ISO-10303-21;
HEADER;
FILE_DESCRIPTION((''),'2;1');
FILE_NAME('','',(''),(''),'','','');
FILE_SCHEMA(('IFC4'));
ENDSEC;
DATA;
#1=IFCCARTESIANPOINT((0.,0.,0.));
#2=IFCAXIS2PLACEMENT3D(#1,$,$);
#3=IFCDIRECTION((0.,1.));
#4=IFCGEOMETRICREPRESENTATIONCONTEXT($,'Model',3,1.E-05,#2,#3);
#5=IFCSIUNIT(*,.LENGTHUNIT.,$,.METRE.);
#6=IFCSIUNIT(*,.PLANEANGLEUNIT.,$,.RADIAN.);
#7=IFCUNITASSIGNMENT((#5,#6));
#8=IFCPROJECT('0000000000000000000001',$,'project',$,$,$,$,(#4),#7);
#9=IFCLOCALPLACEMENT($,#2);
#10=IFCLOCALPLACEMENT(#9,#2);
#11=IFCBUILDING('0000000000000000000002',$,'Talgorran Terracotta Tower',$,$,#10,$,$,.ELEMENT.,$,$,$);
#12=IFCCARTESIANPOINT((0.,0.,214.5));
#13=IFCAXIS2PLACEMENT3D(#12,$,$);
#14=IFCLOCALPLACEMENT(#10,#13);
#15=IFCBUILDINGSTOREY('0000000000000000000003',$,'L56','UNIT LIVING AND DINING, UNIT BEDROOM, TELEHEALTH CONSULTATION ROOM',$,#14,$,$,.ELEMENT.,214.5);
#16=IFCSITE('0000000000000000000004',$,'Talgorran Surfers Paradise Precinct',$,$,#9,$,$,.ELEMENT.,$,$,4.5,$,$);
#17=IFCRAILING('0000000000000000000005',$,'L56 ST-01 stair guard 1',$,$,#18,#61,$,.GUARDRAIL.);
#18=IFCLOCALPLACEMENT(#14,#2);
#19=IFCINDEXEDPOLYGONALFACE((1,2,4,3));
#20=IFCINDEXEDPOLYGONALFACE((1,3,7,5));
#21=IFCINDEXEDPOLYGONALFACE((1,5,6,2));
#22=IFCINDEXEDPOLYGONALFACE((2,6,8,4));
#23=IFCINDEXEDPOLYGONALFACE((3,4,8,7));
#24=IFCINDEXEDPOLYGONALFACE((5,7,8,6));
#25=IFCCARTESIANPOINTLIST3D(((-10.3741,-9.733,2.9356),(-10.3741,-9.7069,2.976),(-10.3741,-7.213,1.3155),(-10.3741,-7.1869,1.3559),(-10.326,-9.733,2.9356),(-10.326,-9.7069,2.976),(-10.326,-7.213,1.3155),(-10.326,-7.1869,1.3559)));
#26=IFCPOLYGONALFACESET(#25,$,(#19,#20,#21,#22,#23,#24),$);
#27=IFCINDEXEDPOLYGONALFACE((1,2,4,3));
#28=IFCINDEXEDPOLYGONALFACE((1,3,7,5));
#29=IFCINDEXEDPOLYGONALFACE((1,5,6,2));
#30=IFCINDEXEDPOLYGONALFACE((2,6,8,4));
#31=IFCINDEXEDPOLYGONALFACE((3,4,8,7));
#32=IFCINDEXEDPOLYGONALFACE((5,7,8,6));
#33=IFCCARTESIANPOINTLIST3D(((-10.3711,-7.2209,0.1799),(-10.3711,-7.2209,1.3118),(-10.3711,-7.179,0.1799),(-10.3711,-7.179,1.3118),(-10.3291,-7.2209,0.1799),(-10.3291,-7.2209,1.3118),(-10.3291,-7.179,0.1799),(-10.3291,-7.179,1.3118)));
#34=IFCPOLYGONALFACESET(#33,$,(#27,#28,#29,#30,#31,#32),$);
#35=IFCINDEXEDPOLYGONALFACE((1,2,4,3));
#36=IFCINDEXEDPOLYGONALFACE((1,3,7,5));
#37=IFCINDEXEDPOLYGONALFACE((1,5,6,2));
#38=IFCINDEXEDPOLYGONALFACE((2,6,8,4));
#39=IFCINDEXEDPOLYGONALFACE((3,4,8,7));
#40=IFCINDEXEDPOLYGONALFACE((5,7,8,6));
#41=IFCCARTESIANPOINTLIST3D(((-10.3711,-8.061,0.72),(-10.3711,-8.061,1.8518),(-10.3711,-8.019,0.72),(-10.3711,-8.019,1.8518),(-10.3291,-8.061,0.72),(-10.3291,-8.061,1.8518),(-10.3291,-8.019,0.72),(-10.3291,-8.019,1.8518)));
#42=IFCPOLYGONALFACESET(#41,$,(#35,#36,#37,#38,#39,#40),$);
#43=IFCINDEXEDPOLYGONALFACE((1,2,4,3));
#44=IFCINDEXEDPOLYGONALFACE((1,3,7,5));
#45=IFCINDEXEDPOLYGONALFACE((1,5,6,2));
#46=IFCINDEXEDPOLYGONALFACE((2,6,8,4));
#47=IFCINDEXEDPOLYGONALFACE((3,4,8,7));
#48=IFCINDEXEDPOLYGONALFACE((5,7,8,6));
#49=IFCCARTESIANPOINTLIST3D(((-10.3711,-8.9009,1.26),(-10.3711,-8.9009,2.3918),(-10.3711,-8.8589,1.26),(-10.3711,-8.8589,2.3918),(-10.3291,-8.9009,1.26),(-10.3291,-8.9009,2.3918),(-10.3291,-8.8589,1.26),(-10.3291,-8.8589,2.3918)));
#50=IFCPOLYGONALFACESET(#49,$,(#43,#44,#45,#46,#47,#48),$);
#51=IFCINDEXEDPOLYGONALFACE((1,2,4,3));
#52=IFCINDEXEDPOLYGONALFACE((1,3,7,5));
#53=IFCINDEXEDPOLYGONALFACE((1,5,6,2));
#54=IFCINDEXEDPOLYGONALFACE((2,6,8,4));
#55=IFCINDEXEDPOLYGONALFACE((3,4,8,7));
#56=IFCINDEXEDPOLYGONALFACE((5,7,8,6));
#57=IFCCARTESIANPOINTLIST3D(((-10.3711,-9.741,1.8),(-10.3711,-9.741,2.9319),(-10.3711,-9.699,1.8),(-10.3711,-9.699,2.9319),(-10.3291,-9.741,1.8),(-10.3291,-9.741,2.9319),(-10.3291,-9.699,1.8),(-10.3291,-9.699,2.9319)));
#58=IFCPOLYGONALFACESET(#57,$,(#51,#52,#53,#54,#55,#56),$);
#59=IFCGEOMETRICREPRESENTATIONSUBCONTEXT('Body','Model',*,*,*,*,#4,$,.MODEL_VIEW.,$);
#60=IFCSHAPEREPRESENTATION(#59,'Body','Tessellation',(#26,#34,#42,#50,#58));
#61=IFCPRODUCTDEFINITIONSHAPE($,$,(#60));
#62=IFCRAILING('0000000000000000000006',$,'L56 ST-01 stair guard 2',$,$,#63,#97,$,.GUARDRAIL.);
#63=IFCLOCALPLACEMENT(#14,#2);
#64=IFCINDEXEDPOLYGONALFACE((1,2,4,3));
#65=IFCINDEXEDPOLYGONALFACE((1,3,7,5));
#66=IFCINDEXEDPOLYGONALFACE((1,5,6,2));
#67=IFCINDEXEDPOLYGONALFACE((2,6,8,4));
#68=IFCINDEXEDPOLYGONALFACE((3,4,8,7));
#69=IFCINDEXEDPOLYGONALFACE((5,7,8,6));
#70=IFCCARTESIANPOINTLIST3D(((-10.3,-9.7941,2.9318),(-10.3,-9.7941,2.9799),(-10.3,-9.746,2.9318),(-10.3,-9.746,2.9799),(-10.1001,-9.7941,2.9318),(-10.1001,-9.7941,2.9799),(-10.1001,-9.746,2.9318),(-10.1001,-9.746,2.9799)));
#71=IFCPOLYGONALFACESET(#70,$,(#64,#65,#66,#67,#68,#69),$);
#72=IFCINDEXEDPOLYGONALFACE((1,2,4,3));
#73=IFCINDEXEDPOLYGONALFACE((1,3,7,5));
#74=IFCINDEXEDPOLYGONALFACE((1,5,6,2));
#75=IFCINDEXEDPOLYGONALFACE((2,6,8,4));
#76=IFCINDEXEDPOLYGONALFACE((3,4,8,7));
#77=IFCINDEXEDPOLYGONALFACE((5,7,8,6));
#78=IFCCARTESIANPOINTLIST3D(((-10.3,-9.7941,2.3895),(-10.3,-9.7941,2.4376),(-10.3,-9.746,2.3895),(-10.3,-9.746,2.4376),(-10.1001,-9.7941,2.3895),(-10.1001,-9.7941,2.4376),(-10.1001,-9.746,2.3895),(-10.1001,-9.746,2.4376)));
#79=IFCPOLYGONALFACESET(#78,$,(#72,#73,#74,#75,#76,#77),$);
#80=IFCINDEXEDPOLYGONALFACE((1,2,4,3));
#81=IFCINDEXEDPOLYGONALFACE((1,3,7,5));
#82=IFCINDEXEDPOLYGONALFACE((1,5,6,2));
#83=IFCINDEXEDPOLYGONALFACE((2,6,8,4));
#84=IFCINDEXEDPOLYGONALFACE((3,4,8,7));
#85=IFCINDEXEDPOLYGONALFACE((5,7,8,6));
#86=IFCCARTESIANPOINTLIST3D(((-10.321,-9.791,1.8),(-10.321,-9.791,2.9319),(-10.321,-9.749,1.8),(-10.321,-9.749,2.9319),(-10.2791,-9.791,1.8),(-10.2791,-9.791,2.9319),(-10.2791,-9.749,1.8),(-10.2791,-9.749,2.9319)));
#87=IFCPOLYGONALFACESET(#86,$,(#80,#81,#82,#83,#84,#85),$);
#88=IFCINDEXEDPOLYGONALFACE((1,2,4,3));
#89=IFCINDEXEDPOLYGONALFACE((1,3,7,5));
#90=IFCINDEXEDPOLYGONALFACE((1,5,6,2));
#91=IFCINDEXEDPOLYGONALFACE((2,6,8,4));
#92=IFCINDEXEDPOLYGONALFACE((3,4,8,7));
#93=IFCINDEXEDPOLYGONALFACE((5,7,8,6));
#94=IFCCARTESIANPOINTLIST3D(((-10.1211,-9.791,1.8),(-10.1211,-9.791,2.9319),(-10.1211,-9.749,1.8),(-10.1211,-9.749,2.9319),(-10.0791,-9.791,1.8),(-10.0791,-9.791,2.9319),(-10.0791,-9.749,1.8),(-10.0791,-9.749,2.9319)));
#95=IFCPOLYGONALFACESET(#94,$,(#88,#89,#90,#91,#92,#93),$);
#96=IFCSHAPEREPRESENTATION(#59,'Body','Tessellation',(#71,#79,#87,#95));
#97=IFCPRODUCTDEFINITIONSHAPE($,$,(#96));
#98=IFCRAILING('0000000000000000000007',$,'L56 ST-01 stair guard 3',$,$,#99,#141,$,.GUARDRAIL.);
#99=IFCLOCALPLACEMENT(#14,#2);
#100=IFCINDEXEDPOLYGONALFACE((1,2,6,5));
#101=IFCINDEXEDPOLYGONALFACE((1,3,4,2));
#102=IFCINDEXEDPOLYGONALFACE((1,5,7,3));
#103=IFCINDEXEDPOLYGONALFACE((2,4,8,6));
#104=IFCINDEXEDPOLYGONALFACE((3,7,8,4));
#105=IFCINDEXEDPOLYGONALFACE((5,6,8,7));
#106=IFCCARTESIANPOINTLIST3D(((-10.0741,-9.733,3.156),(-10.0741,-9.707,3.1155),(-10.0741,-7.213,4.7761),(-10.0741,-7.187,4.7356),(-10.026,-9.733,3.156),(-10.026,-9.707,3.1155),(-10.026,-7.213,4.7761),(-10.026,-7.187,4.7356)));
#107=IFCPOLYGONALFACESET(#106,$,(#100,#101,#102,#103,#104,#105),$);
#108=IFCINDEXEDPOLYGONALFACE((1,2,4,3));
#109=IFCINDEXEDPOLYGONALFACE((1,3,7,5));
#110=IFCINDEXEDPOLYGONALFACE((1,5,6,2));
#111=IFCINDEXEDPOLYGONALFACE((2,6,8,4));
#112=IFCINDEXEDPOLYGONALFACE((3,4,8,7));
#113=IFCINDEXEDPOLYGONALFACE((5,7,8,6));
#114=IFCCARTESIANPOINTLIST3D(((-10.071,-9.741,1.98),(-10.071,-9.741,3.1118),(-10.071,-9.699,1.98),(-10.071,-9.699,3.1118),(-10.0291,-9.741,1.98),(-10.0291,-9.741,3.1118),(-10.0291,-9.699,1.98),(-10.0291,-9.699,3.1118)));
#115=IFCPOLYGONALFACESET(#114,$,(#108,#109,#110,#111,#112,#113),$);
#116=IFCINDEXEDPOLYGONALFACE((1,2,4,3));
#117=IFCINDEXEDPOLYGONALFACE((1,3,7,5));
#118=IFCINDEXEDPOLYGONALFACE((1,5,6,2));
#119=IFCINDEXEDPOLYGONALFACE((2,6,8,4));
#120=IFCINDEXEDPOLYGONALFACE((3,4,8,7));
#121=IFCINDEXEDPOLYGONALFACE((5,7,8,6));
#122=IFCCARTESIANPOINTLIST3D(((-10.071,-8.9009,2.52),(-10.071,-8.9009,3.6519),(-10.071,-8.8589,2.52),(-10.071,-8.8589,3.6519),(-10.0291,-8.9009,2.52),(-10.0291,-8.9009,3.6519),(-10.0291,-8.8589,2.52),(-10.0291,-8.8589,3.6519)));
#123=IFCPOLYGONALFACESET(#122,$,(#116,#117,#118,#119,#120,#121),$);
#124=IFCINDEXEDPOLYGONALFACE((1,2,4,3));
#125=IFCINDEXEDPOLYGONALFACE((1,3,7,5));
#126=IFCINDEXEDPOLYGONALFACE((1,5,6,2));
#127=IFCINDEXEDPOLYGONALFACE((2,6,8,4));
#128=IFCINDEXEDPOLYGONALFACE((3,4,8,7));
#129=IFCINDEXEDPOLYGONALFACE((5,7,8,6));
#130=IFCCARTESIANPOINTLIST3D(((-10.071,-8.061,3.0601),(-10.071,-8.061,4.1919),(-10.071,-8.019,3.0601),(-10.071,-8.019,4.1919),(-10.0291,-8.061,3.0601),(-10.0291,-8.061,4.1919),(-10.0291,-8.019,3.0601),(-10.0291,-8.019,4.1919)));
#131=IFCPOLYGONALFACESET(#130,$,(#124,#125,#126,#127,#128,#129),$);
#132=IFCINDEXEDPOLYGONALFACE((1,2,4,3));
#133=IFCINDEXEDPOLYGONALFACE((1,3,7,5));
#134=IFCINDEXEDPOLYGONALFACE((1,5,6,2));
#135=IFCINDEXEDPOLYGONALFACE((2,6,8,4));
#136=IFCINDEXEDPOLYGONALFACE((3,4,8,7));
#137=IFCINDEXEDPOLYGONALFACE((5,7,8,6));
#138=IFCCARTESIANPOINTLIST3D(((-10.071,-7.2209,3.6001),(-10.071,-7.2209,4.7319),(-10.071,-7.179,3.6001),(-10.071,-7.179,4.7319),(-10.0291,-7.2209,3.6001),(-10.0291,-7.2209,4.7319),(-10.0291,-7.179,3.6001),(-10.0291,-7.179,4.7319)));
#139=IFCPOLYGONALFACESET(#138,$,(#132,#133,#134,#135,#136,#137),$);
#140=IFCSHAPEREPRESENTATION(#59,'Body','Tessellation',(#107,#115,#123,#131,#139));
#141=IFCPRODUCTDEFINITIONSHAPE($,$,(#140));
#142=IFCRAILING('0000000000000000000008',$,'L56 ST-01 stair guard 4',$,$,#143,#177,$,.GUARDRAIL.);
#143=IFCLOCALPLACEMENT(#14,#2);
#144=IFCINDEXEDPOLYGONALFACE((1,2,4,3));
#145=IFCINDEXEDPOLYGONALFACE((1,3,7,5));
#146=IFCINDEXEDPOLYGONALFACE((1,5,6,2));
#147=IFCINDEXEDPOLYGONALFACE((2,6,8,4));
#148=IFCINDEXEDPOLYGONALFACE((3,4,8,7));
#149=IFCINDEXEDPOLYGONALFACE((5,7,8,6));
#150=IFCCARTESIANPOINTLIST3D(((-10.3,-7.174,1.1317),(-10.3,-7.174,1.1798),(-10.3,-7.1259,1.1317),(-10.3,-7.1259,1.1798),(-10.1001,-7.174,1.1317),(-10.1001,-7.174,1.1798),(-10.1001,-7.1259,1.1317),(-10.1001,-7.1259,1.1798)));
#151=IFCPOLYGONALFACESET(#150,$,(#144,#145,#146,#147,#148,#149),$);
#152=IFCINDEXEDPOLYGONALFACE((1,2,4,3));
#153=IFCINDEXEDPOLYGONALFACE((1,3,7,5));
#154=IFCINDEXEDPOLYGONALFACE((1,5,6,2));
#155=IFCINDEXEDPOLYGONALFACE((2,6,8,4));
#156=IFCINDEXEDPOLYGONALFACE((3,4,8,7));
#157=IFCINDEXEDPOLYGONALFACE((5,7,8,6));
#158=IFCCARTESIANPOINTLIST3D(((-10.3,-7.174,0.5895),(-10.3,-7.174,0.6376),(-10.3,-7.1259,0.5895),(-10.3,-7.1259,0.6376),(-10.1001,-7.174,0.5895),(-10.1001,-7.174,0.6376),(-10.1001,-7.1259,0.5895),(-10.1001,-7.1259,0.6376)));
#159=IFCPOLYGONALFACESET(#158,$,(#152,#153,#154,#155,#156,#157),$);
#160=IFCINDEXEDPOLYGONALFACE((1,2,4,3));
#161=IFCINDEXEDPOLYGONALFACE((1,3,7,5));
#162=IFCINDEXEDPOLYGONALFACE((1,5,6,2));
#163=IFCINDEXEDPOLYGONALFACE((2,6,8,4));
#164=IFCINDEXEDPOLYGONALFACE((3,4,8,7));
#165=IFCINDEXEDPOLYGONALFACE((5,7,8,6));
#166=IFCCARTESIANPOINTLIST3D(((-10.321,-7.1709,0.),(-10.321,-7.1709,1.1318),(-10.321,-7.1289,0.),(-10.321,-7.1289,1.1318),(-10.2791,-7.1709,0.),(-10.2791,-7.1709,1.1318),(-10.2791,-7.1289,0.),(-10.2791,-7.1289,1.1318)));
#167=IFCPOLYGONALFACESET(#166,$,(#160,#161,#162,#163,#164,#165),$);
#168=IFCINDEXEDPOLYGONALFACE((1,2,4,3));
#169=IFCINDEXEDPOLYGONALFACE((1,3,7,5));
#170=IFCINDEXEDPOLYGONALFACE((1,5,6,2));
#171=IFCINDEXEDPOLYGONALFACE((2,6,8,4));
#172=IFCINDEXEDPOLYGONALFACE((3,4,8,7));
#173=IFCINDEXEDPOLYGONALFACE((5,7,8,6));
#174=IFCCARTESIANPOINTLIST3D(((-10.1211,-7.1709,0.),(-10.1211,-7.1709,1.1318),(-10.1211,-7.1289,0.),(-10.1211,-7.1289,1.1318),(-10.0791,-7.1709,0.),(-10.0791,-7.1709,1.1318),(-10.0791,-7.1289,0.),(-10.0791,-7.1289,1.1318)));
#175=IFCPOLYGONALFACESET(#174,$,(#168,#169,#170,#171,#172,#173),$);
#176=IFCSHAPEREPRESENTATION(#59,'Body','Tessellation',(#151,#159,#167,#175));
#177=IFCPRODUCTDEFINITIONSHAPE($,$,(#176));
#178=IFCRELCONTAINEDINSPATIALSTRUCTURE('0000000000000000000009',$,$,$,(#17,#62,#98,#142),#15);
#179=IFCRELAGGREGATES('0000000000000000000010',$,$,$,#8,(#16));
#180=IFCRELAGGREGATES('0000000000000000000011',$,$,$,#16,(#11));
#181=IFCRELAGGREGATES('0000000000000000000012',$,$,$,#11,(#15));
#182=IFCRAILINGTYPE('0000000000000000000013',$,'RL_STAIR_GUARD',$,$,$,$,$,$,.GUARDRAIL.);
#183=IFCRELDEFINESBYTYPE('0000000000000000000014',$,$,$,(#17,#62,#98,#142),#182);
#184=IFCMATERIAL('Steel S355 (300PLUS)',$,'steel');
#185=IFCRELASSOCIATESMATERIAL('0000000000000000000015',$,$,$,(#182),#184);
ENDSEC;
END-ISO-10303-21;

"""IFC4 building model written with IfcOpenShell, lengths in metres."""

from ifc_helpers import new_model, si_unit, direction, frame, origin, origin_2d, place, context, subcontext, project, spatial, rectangle, extrude, material, type_object, element, save


model = new_model("IFC4")

# Units and contexts
model_context = context("Model", 3, precision=1e-05, world=origin(), true_north=direction((0.0, 1.0)))
body_context = subcontext(model_context, "Body", "Model", "MODEL_VIEW")
ifc_project = project(units=[si_unit("LENGTHUNIT", "METRE"), si_unit("PLANEANGLEUNIT", "RADIAN")], contexts=[model_context])

# Site, building, storey
site_placement = place(None, origin())
site = spatial("IfcSite", under=ifc_project, at=site_placement, Name="Talgorran Surfers Paradise Precinct", CompositionType="ELEMENT", RefElevation=4.5)
building_placement = place(site_placement, origin())
building = spatial("IfcBuilding", under=site, at=building_placement, Name="Talgorran Terracotta Tower", CompositionType="ELEMENT")
storey_placement = place(building_placement, frame((0.0, 0.0, 214.5)))
storey = spatial("IfcBuildingStorey", under=building, at=storey_placement, Name="L56", Description="UNIT LIVING AND DINING, UNIT BEDROOM, TELEHEALTH CONSULTATION ROOM", CompositionType="ELEMENT", Elevation=214.5)

# Shared definitions
ifc_material_1 = material(Name="Steel S355 (300PLUS)", Category="steel")

# Railings
railing_type_1 = type_object("IfcRailingType", Name="RL_STAIR_GUARD", PredefinedType="GUARDRAIL", material=ifc_material_1)
railing_1_placement = place(storey_placement, frame((-10.3501, -7.2, 0.1799)))
element("IfcRailing", 1, at=railing_1_placement, inside=storey, type_object=railing_type_1, Name="L56 ST-01 stair guard 1", PredefinedType="GUARDRAIL", context=body_context, shape_type="SweptSolid", body=[
    extrude(rectangle(XDim=0.0481, YDim=0.0481, at=origin_2d()), frame((0.0, 0.0, 1.1558), z_axis=(0.0, -0.841163, 0.540782), x_axis=(1.0, 0.0, 0.0)), (0.0, 0.0, 1.0), 2.9958),
    extrude(rectangle(XDim=0.042, YDim=0.042, at=origin_2d()), origin(), (0.0, 0.0, 1.0), 1.1318),
    extrude(rectangle(XDim=0.042, YDim=0.042, at=origin_2d()), frame((0.0, -0.8401, 0.54)), (0.0, 0.0, 1.0), 1.1318),
    extrude(rectangle(XDim=0.042, YDim=0.042, at=origin_2d()), frame((0.0, -1.6799, 1.0801)), (0.0, 0.0, 1.0), 1.1318),
    extrude(rectangle(XDim=0.042, YDim=0.042, at=origin_2d()), frame((0.0, -2.52, 1.6201)), (0.0, 0.0, 1.0), 1.1318),
])
railing_2_placement = place(storey_placement, frame((-10.3, -9.77, 1.8)))
element("IfcRailing", 2, at=railing_2_placement, inside=storey, type_object=railing_type_1, Name="L56 ST-01 stair guard 2", PredefinedType="GUARDRAIL", context=body_context, shape_type="SweptSolid", body=[
    extrude(rectangle(XDim=0.0481, YDim=0.0481, at=origin_2d()), frame((0.0, 0.0, 1.1558), z_axis=(1.0, 0.0, 0.0), x_axis=(0.0, 1.0, 0.0)), (0.0, 0.0, 1.0), 0.2),
    extrude(rectangle(XDim=0.0481, YDim=0.0481, at=origin_2d()), frame((0.0, 0.0, 0.6135), z_axis=(1.0, 0.0, 0.0), x_axis=(0.0, 1.0, 0.0)), (0.0, 0.0, 1.0), 0.2),
    extrude(rectangle(XDim=0.042, YDim=0.042, at=origin_2d()), origin(), (0.0, 0.0, 1.0), 1.1318),
    extrude(rectangle(XDim=0.042, YDim=0.042, at=origin_2d()), frame((0.2, 0.0, 0.0)), (0.0, 0.0, 1.0), 1.1318),
])
railing_3_placement = place(storey_placement, frame((-10.05, -9.72, 1.98)))
element("IfcRailing", 3, at=railing_3_placement, inside=storey, type_object=railing_type_1, Name="L56 ST-01 stair guard 3", PredefinedType="GUARDRAIL", context=body_context, shape_type="SweptSolid", body=[
    extrude(rectangle(XDim=0.0481, YDim=0.0481, at=origin_2d()), frame((0.0, 0.0, 1.1558), z_axis=(0.0, 0.841163, 0.540782), x_axis=(-1.0, 0.0, 0.0)), (0.0, 0.0, 1.0), 2.9958),
    extrude(rectangle(XDim=0.042, YDim=0.042, at=origin_2d()), origin(), (0.0, 0.0, 1.0), 1.1318),
    extrude(rectangle(XDim=0.042, YDim=0.042, at=origin_2d()), frame((0.0, 0.8401, 0.54)), (0.0, 0.0, 1.0), 1.1318),
    extrude(rectangle(XDim=0.042, YDim=0.042, at=origin_2d()), frame((0.0, 1.6799, 1.0801)), (0.0, 0.0, 1.0), 1.1318),
    extrude(rectangle(XDim=0.042, YDim=0.042, at=origin_2d()), frame((0.0, 2.52, 1.6201)), (0.0, 0.0, 1.0), 1.1318),
])
railing_4_placement = place(storey_placement, frame((-10.3, -7.1499, 0.0)))
element("IfcRailing", 4, at=railing_4_placement, inside=storey, type_object=railing_type_1, Name="L56 ST-01 stair guard 4", PredefinedType="GUARDRAIL", context=body_context, shape_type="SweptSolid", body=[
    extrude(rectangle(XDim=0.0481, YDim=0.0481, at=origin_2d()), frame((0.0, 0.0, 1.1558), z_axis=(1.0, 0.0, 0.0), x_axis=(0.0, 1.0, 0.0)), (0.0, 0.0, 1.0), 0.2),
    extrude(rectangle(XDim=0.0481, YDim=0.0481, at=origin_2d()), frame((0.0, 0.0, 0.6135), z_axis=(1.0, 0.0, 0.0), x_axis=(0.0, 1.0, 0.0)), (0.0, 0.0, 1.0), 0.2),
    extrude(rectangle(XDim=0.042, YDim=0.042, at=origin_2d()), origin(), (0.0, 0.0, 1.0), 1.1318),
    extrude(rectangle(XDim=0.042, YDim=0.042, at=origin_2d()), frame((0.2, 0.0, 0.0)), (0.0, 0.0, 1.0), 1.1318),
])

save(model, "model.ifc")
